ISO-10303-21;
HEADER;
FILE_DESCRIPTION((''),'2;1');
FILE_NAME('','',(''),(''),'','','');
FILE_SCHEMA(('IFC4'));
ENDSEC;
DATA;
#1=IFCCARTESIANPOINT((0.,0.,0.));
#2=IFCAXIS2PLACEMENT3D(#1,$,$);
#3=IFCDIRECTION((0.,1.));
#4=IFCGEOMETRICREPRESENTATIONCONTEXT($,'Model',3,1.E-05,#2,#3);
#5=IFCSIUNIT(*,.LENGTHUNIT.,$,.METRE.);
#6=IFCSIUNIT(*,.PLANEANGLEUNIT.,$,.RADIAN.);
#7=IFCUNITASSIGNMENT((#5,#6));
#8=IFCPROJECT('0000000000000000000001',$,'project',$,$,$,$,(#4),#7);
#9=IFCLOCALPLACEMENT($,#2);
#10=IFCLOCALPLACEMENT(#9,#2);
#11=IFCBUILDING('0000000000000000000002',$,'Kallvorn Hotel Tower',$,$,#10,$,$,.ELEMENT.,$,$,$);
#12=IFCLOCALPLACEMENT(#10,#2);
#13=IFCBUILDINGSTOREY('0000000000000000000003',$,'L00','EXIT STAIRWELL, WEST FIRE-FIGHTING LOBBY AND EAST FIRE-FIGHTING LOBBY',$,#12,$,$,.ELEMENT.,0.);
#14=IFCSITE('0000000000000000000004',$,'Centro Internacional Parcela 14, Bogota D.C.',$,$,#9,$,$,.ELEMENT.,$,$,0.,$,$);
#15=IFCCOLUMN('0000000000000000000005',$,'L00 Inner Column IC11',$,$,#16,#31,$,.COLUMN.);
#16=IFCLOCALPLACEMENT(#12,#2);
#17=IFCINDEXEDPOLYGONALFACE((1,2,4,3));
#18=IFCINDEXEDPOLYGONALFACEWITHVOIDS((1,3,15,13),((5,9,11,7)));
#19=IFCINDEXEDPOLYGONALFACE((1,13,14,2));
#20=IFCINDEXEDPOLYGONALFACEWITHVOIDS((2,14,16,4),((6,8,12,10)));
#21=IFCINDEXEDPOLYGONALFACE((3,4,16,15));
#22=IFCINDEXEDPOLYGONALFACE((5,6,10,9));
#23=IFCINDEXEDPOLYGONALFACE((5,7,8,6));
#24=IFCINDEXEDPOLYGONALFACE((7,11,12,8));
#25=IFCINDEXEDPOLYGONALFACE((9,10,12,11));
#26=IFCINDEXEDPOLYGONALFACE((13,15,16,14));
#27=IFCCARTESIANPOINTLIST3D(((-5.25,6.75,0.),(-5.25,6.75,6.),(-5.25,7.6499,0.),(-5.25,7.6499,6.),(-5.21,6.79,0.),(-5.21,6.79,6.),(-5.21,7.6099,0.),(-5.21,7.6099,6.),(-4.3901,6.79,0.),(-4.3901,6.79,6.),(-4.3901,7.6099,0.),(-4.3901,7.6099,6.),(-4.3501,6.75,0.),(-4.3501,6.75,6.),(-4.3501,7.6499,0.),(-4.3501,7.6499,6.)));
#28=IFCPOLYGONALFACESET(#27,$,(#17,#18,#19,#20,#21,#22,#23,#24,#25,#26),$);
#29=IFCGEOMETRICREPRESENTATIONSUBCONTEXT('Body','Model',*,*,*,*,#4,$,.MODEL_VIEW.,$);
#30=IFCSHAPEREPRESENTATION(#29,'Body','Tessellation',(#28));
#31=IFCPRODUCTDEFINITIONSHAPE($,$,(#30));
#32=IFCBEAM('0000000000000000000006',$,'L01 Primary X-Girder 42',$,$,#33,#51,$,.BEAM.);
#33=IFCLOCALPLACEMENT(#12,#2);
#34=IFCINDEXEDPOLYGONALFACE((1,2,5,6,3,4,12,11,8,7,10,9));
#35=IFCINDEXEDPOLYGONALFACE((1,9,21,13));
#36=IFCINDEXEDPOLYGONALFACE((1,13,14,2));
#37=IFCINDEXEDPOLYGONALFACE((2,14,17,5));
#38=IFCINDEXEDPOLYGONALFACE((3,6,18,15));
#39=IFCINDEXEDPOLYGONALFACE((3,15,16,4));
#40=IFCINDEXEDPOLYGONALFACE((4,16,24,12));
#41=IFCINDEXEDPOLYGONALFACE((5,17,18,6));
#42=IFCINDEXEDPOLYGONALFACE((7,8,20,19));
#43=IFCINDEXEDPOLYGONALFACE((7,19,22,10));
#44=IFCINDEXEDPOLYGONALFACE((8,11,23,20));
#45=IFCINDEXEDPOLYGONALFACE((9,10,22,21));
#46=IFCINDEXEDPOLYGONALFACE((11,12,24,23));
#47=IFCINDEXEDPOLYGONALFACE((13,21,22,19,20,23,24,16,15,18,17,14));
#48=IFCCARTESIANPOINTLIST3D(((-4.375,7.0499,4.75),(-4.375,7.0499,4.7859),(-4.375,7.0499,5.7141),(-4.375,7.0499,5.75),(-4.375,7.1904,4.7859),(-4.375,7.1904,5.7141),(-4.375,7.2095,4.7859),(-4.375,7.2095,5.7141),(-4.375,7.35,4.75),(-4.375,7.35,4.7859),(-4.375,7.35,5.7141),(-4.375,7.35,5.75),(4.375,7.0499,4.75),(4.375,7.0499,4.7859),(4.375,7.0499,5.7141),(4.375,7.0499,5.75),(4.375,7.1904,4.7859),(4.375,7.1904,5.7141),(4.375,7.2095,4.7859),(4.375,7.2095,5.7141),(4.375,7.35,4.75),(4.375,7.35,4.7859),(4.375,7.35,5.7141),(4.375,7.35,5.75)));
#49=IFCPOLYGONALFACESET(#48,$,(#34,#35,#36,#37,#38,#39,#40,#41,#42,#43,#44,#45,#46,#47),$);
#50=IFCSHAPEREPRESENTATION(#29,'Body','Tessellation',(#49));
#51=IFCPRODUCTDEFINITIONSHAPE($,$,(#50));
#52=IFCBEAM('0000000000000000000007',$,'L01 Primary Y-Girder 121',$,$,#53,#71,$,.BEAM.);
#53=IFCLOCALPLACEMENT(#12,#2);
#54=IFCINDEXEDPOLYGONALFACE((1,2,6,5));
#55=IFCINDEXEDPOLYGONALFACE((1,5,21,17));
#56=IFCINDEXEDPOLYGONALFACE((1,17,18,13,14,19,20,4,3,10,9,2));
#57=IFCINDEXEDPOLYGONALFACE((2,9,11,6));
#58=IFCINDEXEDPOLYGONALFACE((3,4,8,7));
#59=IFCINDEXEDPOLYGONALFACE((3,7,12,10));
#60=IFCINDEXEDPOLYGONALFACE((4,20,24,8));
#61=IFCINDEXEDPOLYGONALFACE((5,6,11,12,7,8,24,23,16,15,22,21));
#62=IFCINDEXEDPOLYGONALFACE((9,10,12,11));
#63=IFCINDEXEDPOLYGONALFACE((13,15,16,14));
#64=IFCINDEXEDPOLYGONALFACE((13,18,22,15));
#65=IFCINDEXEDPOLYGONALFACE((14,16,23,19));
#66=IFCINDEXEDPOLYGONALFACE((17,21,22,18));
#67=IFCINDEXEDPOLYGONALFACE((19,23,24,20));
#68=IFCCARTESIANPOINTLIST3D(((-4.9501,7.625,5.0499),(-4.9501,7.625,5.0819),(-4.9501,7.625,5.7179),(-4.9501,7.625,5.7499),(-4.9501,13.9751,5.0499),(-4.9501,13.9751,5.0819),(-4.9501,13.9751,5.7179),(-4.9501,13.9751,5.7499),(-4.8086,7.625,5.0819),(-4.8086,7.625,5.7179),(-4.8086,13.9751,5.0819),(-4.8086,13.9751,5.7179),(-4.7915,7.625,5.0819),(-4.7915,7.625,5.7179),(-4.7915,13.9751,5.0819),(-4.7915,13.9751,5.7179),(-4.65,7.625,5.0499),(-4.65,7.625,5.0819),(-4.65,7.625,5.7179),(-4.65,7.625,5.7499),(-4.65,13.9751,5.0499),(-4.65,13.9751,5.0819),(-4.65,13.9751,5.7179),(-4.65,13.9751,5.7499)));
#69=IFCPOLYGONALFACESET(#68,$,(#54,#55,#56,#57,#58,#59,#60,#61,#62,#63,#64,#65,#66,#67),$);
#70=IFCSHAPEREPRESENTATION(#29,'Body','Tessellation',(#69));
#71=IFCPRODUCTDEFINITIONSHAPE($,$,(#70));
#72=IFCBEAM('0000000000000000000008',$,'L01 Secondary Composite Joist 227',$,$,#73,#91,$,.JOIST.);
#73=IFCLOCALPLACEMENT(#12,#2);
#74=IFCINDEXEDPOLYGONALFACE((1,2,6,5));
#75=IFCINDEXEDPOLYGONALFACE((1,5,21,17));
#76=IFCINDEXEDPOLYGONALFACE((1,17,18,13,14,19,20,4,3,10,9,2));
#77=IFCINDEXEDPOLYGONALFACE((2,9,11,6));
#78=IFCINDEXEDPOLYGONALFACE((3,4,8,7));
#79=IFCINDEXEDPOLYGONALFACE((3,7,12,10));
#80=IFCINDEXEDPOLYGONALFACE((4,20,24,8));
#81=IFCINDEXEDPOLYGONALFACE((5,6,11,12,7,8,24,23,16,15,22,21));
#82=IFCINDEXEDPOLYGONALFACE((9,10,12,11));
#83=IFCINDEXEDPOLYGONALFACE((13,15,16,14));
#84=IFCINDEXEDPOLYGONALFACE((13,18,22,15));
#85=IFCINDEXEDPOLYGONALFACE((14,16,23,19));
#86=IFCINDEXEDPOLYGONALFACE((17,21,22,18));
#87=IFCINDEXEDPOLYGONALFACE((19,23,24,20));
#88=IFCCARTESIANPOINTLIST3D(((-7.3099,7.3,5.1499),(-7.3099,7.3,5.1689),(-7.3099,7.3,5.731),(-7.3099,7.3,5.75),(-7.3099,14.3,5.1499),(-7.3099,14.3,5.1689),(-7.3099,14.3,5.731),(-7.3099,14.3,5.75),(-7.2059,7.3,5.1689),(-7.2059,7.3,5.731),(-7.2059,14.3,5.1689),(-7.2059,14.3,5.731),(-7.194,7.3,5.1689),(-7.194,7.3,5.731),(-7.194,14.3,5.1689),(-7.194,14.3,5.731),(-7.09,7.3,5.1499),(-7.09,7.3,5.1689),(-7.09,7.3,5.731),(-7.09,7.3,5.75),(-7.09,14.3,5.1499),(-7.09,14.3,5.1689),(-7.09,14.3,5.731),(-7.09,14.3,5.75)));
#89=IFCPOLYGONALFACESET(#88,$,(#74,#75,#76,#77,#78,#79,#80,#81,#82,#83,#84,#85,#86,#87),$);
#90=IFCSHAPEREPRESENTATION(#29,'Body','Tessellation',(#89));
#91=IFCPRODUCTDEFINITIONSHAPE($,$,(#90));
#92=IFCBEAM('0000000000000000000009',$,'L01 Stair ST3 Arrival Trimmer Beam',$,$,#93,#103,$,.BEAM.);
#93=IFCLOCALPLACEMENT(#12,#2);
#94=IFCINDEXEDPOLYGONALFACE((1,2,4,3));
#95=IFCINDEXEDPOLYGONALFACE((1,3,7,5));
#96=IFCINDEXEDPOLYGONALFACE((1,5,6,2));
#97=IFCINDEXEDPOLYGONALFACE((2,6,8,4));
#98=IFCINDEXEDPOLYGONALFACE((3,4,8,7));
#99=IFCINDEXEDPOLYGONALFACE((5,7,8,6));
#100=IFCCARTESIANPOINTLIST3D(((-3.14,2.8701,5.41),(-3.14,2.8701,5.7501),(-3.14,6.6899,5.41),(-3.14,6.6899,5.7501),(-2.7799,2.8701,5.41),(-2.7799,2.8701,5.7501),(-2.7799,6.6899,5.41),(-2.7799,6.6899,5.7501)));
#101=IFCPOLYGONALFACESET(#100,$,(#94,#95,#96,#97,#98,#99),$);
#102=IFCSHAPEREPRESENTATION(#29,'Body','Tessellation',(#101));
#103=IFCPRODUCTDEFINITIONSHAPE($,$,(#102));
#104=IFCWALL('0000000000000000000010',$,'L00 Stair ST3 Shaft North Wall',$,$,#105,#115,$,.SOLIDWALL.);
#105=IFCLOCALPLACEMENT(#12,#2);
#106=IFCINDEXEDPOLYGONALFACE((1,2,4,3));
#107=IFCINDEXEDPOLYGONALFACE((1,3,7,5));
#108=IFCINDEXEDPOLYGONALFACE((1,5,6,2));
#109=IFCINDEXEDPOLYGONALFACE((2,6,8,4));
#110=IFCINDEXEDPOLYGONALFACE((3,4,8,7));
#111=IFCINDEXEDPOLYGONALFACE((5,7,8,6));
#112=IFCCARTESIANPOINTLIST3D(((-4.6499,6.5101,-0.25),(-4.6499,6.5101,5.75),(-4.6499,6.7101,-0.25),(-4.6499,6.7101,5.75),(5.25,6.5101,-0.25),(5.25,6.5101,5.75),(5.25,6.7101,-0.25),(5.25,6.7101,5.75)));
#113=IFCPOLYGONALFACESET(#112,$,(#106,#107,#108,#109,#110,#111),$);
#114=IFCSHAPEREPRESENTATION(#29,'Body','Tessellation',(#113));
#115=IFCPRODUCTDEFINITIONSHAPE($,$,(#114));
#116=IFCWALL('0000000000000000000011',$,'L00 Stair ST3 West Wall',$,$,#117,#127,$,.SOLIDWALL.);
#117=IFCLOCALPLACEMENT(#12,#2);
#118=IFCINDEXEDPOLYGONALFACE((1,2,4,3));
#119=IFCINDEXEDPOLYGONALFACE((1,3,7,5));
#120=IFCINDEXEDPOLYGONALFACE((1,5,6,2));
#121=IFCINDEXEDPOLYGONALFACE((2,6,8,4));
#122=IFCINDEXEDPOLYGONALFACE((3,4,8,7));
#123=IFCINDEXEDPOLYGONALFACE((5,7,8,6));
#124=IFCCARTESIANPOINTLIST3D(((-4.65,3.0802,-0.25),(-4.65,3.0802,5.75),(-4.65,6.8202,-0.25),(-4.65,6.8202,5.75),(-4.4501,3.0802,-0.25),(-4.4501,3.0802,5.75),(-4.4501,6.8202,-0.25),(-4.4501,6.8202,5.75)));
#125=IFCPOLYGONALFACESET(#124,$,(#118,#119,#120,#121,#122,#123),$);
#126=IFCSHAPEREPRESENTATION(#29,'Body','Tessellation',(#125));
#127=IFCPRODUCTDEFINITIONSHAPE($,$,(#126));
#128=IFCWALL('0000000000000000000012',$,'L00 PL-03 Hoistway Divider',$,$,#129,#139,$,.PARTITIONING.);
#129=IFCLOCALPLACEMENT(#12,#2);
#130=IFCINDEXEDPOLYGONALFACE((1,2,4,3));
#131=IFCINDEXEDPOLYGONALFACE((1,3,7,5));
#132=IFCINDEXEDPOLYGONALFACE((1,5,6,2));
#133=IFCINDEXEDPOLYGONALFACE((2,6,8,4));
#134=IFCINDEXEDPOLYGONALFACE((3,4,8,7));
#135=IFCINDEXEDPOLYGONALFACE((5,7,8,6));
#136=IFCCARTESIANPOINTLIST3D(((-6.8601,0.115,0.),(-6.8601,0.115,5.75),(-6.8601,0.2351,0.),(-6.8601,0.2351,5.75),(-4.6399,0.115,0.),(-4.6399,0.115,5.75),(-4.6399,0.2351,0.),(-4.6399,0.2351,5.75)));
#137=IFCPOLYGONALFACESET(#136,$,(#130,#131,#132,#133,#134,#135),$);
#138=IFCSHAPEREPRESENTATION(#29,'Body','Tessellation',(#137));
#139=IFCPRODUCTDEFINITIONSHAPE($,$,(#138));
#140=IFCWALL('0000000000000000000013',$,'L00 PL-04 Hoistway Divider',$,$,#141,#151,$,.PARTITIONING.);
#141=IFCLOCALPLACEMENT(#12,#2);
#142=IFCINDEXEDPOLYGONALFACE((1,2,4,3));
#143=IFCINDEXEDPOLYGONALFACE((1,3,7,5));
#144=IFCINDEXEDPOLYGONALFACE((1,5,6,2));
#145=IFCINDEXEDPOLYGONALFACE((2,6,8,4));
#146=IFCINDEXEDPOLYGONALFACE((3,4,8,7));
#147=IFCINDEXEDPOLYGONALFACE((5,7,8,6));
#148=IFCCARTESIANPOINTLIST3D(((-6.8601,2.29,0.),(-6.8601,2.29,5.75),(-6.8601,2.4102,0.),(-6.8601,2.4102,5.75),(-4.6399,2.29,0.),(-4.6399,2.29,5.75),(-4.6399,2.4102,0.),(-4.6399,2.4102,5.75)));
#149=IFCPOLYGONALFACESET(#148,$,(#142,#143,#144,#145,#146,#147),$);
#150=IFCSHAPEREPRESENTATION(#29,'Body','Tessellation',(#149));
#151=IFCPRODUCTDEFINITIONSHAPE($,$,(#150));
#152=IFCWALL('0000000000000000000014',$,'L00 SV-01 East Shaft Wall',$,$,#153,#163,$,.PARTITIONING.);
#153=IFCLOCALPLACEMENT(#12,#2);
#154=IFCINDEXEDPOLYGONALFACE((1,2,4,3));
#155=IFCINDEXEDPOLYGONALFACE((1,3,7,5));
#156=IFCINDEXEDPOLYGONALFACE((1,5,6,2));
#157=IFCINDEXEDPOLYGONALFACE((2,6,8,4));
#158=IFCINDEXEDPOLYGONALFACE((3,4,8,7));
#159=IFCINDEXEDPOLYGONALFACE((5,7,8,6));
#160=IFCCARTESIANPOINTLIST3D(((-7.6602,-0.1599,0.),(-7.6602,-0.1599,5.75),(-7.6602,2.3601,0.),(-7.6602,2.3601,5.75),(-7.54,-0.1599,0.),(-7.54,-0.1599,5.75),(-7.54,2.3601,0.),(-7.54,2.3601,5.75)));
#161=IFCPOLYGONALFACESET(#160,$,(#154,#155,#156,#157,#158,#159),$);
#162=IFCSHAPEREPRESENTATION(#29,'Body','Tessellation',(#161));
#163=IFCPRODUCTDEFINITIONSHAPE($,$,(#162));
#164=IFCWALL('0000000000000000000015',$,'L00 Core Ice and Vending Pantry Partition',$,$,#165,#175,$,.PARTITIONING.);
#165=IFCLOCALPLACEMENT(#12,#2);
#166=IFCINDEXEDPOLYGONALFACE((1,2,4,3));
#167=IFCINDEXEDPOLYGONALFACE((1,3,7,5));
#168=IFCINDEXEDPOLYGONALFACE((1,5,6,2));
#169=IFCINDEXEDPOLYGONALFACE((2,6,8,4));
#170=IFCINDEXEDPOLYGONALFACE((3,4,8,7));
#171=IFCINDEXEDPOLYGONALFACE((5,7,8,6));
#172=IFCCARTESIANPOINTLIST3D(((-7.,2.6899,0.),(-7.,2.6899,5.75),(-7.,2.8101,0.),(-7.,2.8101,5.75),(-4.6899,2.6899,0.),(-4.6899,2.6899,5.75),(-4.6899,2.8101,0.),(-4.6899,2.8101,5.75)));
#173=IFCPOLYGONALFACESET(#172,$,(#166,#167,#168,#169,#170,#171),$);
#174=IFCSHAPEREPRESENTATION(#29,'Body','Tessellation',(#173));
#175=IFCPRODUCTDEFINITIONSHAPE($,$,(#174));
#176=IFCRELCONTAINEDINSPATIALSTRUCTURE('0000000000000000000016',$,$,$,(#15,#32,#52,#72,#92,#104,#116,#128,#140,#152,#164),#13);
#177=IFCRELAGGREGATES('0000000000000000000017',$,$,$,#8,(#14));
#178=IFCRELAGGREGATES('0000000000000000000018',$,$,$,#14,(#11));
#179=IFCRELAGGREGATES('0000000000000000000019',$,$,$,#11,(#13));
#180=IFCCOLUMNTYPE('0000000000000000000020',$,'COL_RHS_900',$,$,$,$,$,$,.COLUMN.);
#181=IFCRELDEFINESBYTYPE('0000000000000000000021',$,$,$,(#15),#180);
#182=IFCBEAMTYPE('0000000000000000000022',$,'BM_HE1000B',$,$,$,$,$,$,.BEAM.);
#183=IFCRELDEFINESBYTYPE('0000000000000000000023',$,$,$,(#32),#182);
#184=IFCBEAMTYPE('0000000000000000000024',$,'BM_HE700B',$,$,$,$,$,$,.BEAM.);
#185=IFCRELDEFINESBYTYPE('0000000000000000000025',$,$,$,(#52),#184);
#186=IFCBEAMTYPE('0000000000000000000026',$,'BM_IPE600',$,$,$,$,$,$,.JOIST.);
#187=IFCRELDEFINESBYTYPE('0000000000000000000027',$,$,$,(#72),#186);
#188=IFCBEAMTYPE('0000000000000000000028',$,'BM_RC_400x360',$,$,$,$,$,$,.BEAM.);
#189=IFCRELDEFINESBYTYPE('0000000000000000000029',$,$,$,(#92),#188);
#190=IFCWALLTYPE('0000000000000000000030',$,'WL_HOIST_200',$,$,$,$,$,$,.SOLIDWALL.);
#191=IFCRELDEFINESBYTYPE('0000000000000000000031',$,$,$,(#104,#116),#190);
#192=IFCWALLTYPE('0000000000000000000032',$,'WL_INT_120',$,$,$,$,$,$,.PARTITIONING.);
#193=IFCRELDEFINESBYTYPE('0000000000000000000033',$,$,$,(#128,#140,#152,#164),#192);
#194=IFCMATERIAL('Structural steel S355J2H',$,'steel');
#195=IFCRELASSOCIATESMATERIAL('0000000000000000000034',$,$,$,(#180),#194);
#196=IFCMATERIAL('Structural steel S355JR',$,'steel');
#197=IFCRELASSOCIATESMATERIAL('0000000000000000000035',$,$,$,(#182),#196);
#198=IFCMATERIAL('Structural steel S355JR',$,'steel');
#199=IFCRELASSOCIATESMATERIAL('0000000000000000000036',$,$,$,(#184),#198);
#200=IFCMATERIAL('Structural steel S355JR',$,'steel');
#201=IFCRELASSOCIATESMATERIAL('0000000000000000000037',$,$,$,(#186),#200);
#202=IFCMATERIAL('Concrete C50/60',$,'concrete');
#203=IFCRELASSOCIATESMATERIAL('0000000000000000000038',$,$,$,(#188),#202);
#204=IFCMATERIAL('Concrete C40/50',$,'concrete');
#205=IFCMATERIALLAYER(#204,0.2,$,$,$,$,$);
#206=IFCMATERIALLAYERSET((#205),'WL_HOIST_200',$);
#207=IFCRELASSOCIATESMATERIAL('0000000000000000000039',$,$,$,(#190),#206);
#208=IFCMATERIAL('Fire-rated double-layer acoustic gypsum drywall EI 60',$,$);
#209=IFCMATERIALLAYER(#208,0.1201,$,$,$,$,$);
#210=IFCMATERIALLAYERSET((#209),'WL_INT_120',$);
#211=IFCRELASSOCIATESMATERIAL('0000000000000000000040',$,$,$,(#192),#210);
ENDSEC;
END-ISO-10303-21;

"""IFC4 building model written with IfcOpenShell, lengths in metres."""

from ifc_helpers import new_model, si_unit, direction, frame, frame_2d, origin, origin_2d, place, context, subcontext, project, spatial, rectangle, hollow_rectangle, i_section, extrude, material, layer, layer_set, material_profile, profile_set, type_object, element, save


model = new_model("IFC4")

# Units and contexts
model_context = context("Model", 3, precision=1e-05, world=origin(), true_north=direction((0.0, 1.0)))
body_context = subcontext(model_context, "Body", "Model", "MODEL_VIEW")
ifc_project = project(units=[si_unit("LENGTHUNIT", "METRE"), si_unit("PLANEANGLEUNIT", "RADIAN")], contexts=[model_context])

# Site, building, storey
site_placement = place(None, origin())
site = spatial("IfcSite", under=ifc_project, at=site_placement, Name="Centro Internacional Parcela 14, Bogota D.C.", CompositionType="ELEMENT", RefElevation=0.0)
building_placement = place(site_placement, origin())
building = spatial("IfcBuilding", under=site, at=building_placement, Name="Kallvorn Hotel Tower", CompositionType="ELEMENT")
storey_placement = place(building_placement, origin())
storey = spatial("IfcBuildingStorey", under=building, at=storey_placement, Name="L00", Description="EXIT STAIRWELL, WEST FIRE-FIGHTING LOBBY AND EAST FIRE-FIGHTING LOBBY", CompositionType="ELEMENT", Elevation=0.0)

# Column
ifc_material_1 = material(Name="Structural steel S355J2H", Category="steel")
ifc_material_profile_1 = material_profile(ifc_material_1, hollow_rectangle(XDim=0.8999, YDim=0.8999, WallThickness=0.04, at=origin_2d()), Name="RHS 900x900x40")
ifc_profile_set_1 = profile_set([ifc_material_profile_1], Name="Structural steel S355J2H")
column_type = type_object("IfcColumnType", Name="COL_RHS_900", PredefinedType="COLUMN", material=ifc_profile_set_1)
column_placement = place(storey_placement, frame((-4.8, 7.2, 0.0), z_axis=(0.0, 0.0, 1.0), x_axis=(1.0, 0.0, 0.0)))
element("IfcColumn", 1, at=column_placement, inside=storey, type_object=column_type, Name="L00 Inner Column IC11", PredefinedType="COLUMN", context=body_context, shape_type="SweptSolid", body=[
    extrude(hollow_rectangle(XDim=0.8999, YDim=0.8999, WallThickness=0.04, at=origin_2d()), origin(), (0.0, 0.0, 1.0), 6.0),
])

# Beams
ifc_material_2 = material(Name="Structural steel S355JR", Category="steel")
ifc_material_profile_2 = material_profile(ifc_material_2, i_section(OverallWidth=0.3, OverallDepth=1.0, WebThickness=0.019, FlangeThickness=0.0359, at=origin_2d()), Name="HE 1000 B")
ifc_profile_set_2 = profile_set([ifc_material_profile_2], Name="Structural steel S355JR")
beam_type_1 = type_object("IfcBeamType", Name="BM_HE1000B", PredefinedType="BEAM", material=ifc_profile_set_2)
beam_1_placement = place(storey_placement, frame((-4.375, 7.2, 5.25), z_axis=(1.0, 0.0, 0.0), x_axis=(0.0, 1.0, 0.0)))
element("IfcBeam", 2, at=beam_1_placement, inside=storey, type_object=beam_type_1, Name="L01 Primary X-Girder 42", PredefinedType="BEAM", context=body_context, shape_type="SweptSolid", body=[
    extrude(i_section(OverallWidth=0.3, OverallDepth=1.0, WebThickness=0.019, FlangeThickness=0.0359, at=origin_2d()), origin(), (0.0, 0.0, 1.0), 8.75),
])
ifc_material_3 = material(Name="Structural steel S355JR", Category="steel")
ifc_material_profile_3 = material_profile(ifc_material_3, i_section(OverallWidth=0.3, OverallDepth=0.7, WebThickness=0.0171, FlangeThickness=0.032, at=origin_2d()), Name="HE 700 B")
ifc_profile_set_3 = profile_set([ifc_material_profile_3], Name="Structural steel S355JR")
beam_type_2 = type_object("IfcBeamType", Name="BM_HE700B", PredefinedType="BEAM", material=ifc_profile_set_3)
beam_2_placement = place(storey_placement, frame((-4.8, 7.625, 5.3999), z_axis=(0.0, 1.0, 0.0), x_axis=(-1.0, 0.0, 0.0)))
element("IfcBeam", 3, at=beam_2_placement, inside=storey, type_object=beam_type_2, Name="L01 Primary Y-Girder 121", PredefinedType="BEAM", context=body_context, shape_type="SweptSolid", body=[
    extrude(i_section(OverallWidth=0.3, OverallDepth=0.7, WebThickness=0.0171, FlangeThickness=0.032, at=origin_2d()), origin(), (0.0, 0.0, 1.0), 6.3501),
])
ifc_material_4 = material(Name="Structural steel S355JR", Category="steel")
ifc_material_profile_4 = material_profile(ifc_material_4, i_section(OverallWidth=0.22, OverallDepth=0.6001, WebThickness=0.012, FlangeThickness=0.019, at=origin_2d()), Name="IPE 600")
ifc_profile_set_4 = profile_set([ifc_material_profile_4], Name="Structural steel S355JR")
beam_type_3 = type_object("IfcBeamType", Name="BM_IPE600", PredefinedType="JOIST", material=ifc_profile_set_4)
beam_3_placement = place(storey_placement, frame((-7.2, 7.3, 5.45), z_axis=(0.0, 1.0, 0.0), x_axis=(-1.0, 0.0, 0.0)))
element("IfcBeam", 4, at=beam_3_placement, inside=storey, type_object=beam_type_3, Name="L01 Secondary Composite Joist 227", PredefinedType="JOIST", context=body_context, shape_type="SweptSolid", body=[
    extrude(i_section(OverallWidth=0.22, OverallDepth=0.6001, WebThickness=0.012, FlangeThickness=0.019, at=origin_2d()), origin(), (0.0, 0.0, 1.0), 7.0),
])
ifc_material_5 = material(Name="Concrete C50/60", Category="concrete")
ifc_material_profile_5 = material_profile(ifc_material_5, rectangle(XDim=0.3601, YDim=0.3401, at=origin_2d()), Name="RC 360x340")
ifc_profile_set_5 = profile_set([ifc_material_profile_5], Name="Concrete C50/60")
beam_type_4 = type_object("IfcBeamType", Name="BM_RC_400x360", PredefinedType="BEAM", material=ifc_profile_set_5)
beam_4_placement = place(storey_placement, frame((-2.96, 2.8701, 5.5801), z_axis=(0.0, 1.0, 0.0), x_axis=(-1.0, 0.0, 0.0)))
element("IfcBeam", 5, at=beam_4_placement, inside=storey, type_object=beam_type_4, Name="L01 Stair ST3 Arrival Trimmer Beam", PredefinedType="BEAM", context=body_context, shape_type="SweptSolid", body=[
    extrude(rectangle(XDim=0.3601, YDim=0.3401, at=origin_2d()), origin(), (0.0, 0.0, 1.0), 3.8198),
])

# Walls
ifc_material_6 = material(Name="Concrete C40/50", Category="concrete")
ifc_layer_1 = layer(ifc_material_6, 0.2)
ifc_layer_set_1 = layer_set([ifc_layer_1], Name="WL_HOIST_200")
wall_type_1 = type_object("IfcWallType", Name="WL_HOIST_200", PredefinedType="SOLIDWALL", material=ifc_layer_set_1)
wall_1_placement = place(storey_placement, frame((-4.6499, 6.6101, -0.25), z_axis=(0.0, 0.0, 1.0), x_axis=(1.0, 0.0, 0.0)))
element("IfcWall", 6, at=wall_1_placement, inside=storey, type_object=wall_type_1, Name="L00 Stair ST3 Shaft North Wall", PredefinedType="SOLIDWALL", context=body_context, shape_type="SweptSolid", body=[
    extrude(rectangle(XDim=9.8999, YDim=0.2, at=frame_2d((4.95, 0.0))), origin(), (0.0, 0.0, 1.0), 6.0),
])
wall_2_placement = place(storey_placement, frame((-4.55, 3.0801, -0.25), z_axis=(0.0, 0.0, 1.0), x_axis=(0.0, 1.0, 0.0)))
element("IfcWall", 7, at=wall_2_placement, inside=storey, type_object=wall_type_1, Name="L00 Stair ST3 West Wall", PredefinedType="SOLIDWALL", context=body_context, shape_type="SweptSolid", body=[
    extrude(rectangle(XDim=3.74, YDim=0.2, at=frame_2d((1.8701, 0.0))), origin(), (0.0, 0.0, 1.0), 6.0),
])
ifc_material_7 = material(Name="Fire-rated double-layer acoustic gypsum drywall EI 60")
ifc_layer_2 = layer(ifc_material_7, 0.1201)
ifc_layer_set_2 = layer_set([ifc_layer_2], Name="WL_INT_120")
wall_type_2 = type_object("IfcWallType", Name="WL_INT_120", PredefinedType="PARTITIONING", material=ifc_layer_set_2)
for number, where, z_axis, x_axis, name in (
    (8, (-6.8601, 0.175, 0.0), (0.0, 0.0, 1.0), (1.0, 0.0, 0.0), "L00 PL-03 Hoistway Divider"),
    (9, (-6.8601, 2.3501, 0.0), (0.0, 0.0, 1.0), (1.0, 0.0, 0.0), "L00 PL-04 Hoistway Divider"),
):
    element("IfcWall", number, at=place(storey_placement, frame(where, z_axis=z_axis, x_axis=x_axis)), inside=storey, type_object=wall_type_2, Name=name, PredefinedType="PARTITIONING", context=body_context, shape_type="SweptSolid", body=[
        extrude(rectangle(XDim=2.2202, YDim=0.1201, at=frame_2d((1.1101, 0.0))), origin(), (0.0, 0.0, 1.0), 5.75),
    ])
wall_3_placement = place(storey_placement, frame((-7.6001, -0.1599, 0.0), z_axis=(0.0, 0.0, 1.0), x_axis=(0.0, 1.0, 0.0)))
element("IfcWall", 10, at=wall_3_placement, inside=storey, type_object=wall_type_2, Name="L00 SV-01 East Shaft Wall", PredefinedType="PARTITIONING", context=body_context, shape_type="SweptSolid", body=[
    extrude(rectangle(XDim=2.52, YDim=0.1201, at=frame_2d((1.26, 0.0))), origin(), (0.0, 0.0, 1.0), 5.75),
])
wall_4_placement = place(storey_placement, frame((-7.0, 2.75, 0.0), z_axis=(0.0, 0.0, 1.0), x_axis=(1.0, 0.0, 0.0)))
element("IfcWall", 11, at=wall_4_placement, inside=storey, type_object=wall_type_2, Name="L00 Core Ice and Vending Pantry Partition", PredefinedType="PARTITIONING", context=body_context, shape_type="SweptSolid", body=[
    extrude(rectangle(XDim=2.3101, YDim=0.1201, at=frame_2d((1.155, 0.0))), origin(), (0.0, 0.0, 1.0), 5.75),
])

save(model, "model.ifc")
